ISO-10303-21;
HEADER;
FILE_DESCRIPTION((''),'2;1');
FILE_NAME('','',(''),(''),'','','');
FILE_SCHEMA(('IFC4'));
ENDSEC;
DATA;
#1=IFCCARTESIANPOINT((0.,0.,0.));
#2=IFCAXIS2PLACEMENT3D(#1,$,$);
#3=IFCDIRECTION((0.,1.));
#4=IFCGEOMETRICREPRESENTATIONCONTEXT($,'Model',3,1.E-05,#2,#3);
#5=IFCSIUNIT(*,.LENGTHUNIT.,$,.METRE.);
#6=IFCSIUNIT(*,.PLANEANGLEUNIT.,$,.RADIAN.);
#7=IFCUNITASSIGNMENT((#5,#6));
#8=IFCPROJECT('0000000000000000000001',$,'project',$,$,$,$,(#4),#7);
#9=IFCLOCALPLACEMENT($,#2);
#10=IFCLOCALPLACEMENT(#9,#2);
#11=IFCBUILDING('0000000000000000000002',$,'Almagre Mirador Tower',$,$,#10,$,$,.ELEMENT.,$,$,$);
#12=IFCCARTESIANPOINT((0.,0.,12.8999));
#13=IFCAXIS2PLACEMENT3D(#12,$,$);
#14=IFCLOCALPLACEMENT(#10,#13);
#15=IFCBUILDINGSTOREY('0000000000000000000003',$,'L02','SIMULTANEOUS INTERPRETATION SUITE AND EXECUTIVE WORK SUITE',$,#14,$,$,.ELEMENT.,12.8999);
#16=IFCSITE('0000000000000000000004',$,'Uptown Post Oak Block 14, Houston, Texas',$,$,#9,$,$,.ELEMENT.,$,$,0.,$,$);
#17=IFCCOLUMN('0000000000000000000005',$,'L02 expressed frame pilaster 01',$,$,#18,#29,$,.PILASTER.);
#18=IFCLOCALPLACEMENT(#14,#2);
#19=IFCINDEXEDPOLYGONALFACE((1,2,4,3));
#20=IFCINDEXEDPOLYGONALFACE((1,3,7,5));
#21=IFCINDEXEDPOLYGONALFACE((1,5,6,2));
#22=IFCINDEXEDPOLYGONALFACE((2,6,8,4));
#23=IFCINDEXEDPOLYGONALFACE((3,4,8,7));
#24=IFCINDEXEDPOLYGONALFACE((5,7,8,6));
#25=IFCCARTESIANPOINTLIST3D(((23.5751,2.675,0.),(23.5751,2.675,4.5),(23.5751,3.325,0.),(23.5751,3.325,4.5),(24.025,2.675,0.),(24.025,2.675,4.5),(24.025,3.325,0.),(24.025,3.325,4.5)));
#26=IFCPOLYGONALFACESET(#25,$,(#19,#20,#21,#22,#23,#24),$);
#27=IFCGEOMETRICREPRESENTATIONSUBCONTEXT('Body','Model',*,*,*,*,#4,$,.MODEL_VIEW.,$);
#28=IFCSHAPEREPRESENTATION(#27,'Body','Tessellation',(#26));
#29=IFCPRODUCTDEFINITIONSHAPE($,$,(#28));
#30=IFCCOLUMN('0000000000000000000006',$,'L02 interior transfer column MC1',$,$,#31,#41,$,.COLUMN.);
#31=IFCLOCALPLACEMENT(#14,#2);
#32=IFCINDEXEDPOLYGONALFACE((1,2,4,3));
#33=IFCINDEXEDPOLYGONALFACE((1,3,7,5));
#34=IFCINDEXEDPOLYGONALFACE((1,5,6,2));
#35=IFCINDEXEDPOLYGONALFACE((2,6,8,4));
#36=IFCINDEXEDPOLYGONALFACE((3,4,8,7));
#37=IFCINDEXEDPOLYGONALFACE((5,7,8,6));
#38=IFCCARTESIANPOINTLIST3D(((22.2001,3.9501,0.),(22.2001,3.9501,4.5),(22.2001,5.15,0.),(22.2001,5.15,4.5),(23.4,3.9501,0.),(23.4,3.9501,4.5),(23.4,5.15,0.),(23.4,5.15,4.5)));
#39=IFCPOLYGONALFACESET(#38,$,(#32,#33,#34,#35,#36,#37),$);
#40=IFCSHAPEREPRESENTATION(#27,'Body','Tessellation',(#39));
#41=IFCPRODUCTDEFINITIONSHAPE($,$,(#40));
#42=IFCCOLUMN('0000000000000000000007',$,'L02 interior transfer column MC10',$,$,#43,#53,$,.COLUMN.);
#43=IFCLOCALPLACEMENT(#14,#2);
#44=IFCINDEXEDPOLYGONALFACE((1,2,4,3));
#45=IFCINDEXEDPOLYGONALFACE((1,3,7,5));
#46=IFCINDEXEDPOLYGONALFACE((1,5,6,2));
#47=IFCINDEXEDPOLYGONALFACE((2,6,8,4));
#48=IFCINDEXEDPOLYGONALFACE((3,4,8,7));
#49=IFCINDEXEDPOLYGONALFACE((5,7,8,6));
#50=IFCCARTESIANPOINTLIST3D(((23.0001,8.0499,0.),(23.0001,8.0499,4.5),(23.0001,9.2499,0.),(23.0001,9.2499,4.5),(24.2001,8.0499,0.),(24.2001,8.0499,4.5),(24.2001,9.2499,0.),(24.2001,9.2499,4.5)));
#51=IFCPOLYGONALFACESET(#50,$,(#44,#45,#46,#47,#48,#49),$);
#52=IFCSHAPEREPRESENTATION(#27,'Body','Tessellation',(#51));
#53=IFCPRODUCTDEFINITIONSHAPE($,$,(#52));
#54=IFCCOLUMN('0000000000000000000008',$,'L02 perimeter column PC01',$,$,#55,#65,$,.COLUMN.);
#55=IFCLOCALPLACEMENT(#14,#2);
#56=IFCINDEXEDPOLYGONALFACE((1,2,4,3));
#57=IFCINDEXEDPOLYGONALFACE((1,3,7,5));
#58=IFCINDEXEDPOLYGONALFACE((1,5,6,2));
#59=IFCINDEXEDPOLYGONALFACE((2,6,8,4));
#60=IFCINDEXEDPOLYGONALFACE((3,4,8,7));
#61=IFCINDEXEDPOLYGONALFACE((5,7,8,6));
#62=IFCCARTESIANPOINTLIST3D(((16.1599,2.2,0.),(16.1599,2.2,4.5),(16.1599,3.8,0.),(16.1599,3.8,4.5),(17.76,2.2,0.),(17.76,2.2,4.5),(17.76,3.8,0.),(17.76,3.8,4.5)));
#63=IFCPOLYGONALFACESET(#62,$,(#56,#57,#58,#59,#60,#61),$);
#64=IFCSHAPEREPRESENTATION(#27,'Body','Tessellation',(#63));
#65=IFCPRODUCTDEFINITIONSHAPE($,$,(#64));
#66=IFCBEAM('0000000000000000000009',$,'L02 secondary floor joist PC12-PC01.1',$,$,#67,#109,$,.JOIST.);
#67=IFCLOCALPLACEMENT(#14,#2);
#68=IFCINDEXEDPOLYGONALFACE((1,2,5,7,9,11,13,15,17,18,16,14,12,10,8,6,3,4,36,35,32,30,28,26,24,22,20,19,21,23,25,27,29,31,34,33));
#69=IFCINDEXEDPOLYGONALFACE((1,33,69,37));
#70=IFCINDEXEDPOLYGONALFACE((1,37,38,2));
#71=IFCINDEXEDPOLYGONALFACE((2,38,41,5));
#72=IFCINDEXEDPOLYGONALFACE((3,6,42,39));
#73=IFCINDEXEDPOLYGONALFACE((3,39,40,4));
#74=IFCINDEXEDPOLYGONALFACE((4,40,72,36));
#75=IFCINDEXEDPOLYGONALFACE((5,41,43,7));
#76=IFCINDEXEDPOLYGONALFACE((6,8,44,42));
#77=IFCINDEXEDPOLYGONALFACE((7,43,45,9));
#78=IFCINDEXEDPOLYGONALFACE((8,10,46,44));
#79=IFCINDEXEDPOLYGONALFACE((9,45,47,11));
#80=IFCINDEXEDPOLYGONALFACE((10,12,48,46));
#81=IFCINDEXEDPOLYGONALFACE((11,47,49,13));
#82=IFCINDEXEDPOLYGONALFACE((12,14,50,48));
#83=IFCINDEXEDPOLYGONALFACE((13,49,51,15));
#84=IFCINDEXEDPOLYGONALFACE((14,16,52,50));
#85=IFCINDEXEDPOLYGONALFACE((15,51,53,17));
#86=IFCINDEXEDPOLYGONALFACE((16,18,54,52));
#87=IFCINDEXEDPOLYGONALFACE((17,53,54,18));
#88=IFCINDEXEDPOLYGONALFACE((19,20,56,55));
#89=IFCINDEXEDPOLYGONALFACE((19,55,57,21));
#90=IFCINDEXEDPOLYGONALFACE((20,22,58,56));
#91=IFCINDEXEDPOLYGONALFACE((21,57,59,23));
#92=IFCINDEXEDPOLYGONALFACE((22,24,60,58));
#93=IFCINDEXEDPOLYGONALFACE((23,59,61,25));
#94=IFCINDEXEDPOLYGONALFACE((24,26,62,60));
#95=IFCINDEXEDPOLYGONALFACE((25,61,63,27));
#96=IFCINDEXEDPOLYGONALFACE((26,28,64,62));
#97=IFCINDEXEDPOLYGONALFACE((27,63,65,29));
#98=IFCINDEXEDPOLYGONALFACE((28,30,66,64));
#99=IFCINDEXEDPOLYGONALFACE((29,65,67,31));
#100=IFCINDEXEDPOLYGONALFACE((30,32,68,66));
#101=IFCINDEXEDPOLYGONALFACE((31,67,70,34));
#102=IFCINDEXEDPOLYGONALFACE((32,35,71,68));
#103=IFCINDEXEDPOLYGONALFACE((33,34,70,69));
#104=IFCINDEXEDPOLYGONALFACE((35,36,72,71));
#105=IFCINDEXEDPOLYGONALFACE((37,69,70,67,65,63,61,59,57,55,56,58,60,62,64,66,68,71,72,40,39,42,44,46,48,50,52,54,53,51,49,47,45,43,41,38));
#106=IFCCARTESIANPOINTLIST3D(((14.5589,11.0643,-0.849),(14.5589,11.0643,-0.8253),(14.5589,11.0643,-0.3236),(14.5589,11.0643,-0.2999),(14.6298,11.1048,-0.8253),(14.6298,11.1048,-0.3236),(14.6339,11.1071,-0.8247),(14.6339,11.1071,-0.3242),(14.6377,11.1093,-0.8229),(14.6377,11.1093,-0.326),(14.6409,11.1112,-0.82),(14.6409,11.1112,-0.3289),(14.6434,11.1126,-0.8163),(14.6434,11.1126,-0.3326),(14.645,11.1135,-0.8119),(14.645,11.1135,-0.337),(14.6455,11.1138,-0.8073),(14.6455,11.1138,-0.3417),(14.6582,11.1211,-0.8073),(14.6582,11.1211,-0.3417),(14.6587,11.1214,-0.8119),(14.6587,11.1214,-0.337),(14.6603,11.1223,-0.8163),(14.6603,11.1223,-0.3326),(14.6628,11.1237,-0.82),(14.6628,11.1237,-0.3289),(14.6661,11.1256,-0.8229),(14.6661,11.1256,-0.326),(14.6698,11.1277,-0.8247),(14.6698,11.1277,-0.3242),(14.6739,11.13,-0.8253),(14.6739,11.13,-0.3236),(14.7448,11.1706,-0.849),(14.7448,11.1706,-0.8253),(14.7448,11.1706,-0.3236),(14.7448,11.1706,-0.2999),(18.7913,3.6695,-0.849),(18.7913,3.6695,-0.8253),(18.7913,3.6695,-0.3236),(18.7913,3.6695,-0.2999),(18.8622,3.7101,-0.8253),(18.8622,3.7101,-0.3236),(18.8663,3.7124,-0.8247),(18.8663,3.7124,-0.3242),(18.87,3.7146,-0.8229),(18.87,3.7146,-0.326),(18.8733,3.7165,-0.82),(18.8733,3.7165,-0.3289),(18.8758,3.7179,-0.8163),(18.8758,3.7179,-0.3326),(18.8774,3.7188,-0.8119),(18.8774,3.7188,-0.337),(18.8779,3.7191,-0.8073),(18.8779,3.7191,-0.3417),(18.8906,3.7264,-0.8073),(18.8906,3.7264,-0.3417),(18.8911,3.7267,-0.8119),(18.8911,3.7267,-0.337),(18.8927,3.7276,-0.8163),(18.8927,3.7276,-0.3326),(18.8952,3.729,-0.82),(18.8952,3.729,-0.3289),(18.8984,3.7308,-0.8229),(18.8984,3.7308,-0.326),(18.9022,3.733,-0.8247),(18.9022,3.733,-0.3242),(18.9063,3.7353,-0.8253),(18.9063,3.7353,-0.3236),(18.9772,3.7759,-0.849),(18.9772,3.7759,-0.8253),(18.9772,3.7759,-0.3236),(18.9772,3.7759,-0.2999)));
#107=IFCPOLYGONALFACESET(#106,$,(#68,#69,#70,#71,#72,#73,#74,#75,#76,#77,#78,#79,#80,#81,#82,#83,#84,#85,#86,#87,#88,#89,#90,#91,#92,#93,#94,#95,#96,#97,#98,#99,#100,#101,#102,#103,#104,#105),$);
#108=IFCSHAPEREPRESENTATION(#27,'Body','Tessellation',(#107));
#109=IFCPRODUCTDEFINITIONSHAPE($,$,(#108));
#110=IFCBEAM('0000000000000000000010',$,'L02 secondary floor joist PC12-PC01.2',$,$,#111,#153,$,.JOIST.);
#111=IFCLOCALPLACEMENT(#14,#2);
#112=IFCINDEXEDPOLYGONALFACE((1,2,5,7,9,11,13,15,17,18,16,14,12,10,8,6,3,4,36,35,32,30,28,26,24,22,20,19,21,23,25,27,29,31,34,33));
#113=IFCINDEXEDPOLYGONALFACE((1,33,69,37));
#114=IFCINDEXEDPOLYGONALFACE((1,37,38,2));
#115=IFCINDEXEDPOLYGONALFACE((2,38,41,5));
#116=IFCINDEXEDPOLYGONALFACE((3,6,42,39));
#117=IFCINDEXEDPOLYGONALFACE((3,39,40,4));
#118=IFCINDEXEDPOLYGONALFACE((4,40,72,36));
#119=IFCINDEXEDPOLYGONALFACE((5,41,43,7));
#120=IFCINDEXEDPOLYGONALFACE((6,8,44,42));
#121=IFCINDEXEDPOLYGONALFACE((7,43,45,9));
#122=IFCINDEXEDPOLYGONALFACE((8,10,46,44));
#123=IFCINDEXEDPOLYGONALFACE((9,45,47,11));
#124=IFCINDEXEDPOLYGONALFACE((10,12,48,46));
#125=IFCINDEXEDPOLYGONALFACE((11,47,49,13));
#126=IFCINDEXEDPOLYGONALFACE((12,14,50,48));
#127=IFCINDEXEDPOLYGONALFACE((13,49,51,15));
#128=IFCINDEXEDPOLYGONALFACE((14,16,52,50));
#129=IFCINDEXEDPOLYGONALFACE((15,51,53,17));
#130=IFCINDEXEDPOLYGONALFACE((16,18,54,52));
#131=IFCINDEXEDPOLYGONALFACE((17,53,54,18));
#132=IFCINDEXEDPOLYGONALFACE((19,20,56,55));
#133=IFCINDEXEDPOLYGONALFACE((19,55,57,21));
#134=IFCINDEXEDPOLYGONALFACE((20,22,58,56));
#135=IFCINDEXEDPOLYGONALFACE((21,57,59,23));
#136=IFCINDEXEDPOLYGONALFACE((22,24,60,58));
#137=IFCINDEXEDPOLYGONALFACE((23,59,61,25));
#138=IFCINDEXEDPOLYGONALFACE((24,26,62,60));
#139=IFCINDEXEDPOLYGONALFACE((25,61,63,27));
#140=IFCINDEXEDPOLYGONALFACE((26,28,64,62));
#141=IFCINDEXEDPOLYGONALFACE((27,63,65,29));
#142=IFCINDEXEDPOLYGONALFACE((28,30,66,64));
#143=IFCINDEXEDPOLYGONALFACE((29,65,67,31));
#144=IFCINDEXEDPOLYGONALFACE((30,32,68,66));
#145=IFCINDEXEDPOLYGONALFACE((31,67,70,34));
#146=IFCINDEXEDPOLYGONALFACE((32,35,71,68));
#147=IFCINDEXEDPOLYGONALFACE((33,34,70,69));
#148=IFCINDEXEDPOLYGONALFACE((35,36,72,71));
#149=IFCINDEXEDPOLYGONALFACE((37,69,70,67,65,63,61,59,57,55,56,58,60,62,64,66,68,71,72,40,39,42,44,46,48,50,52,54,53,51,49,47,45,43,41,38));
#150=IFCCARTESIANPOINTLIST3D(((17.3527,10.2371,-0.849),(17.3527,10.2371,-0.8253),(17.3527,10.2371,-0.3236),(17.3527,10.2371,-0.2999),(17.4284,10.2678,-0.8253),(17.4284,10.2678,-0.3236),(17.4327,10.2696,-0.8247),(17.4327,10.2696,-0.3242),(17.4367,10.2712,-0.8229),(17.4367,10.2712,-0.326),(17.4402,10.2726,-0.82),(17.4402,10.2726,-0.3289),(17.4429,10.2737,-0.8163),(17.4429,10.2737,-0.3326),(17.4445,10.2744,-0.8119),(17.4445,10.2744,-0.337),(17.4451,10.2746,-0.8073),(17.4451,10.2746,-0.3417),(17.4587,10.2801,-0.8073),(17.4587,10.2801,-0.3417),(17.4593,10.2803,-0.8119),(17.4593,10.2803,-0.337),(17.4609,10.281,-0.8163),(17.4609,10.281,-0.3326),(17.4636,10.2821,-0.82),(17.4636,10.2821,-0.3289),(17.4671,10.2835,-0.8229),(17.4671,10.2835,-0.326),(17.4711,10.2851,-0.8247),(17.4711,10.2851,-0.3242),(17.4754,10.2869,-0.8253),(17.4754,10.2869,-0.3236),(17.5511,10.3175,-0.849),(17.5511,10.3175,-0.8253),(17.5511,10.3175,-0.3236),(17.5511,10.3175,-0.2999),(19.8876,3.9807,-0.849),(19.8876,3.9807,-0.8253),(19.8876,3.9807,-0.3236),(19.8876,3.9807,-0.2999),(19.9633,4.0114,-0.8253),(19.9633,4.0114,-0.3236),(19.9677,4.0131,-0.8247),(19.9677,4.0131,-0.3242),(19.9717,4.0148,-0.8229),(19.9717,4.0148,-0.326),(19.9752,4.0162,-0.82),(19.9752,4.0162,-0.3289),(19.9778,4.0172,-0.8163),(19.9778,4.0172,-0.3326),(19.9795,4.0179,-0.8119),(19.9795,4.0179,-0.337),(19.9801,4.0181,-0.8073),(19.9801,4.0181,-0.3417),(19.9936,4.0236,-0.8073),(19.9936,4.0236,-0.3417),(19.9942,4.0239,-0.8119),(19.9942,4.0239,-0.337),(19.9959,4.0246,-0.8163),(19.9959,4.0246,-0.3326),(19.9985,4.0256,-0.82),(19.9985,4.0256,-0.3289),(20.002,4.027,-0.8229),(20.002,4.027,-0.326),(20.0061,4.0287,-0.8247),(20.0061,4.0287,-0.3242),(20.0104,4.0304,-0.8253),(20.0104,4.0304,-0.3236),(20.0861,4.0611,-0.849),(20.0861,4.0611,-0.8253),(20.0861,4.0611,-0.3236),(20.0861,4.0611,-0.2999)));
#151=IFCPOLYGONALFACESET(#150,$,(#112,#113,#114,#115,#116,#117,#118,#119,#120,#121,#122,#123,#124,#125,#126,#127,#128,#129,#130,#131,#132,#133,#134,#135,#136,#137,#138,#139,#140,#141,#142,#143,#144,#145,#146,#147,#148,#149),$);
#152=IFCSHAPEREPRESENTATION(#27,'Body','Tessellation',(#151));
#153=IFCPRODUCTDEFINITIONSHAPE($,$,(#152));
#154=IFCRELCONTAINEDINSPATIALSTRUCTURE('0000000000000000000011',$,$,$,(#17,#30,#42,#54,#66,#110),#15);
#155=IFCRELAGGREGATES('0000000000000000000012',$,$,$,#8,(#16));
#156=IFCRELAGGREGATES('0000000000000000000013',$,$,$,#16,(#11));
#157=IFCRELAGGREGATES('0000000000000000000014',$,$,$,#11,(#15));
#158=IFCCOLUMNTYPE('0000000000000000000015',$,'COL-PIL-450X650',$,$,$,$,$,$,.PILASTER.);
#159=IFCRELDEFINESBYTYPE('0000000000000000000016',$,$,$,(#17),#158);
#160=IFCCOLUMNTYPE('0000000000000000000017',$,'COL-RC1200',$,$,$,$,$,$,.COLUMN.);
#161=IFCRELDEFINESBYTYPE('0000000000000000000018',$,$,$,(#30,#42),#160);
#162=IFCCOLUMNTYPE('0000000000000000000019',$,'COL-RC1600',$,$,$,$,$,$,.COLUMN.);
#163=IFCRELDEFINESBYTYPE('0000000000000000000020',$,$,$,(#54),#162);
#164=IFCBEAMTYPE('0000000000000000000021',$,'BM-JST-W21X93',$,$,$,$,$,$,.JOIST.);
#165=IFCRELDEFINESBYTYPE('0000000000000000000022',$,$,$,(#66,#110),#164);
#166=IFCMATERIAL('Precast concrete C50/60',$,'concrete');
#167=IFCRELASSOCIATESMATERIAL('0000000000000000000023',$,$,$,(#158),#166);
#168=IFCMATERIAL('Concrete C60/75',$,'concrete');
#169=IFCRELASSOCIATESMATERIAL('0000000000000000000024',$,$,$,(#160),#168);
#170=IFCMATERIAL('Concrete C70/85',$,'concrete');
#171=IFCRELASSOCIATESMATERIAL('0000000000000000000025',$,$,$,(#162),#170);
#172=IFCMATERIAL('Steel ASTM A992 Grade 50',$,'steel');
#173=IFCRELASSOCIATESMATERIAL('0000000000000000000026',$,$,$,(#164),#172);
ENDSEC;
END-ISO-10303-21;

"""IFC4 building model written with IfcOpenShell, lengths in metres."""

from ifc_helpers import new_model, si_unit, direction, frame, origin, origin_2d, place, context, subcontext, project, spatial, rectangle, i_section, extrude, material, material_profile, profile_set, type_object, element, save


model = new_model("IFC4")

# Units and contexts
model_context = context("Model", 3, precision=1e-05, world=origin(), true_north=direction((0.0, 1.0)))
body_context = subcontext(model_context, "Body", "Model", "MODEL_VIEW")
ifc_project = project(units=[si_unit("LENGTHUNIT", "METRE"), si_unit("PLANEANGLEUNIT", "RADIAN")], contexts=[model_context])

# Site, building, storey
site_placement = place(None, origin())
site = spatial("IfcSite", under=ifc_project, at=site_placement, Name="Uptown Post Oak Block 14, Houston, Texas", CompositionType="ELEMENT", RefElevation=0.0)
building_placement = place(site_placement, origin())
building = spatial("IfcBuilding", under=site, at=building_placement, Name="Almagre Mirador Tower", CompositionType="ELEMENT")
storey_placement = place(building_placement, frame((0.0, 0.0, 12.8999)))
storey = spatial("IfcBuildingStorey", under=building, at=storey_placement, Name="L02", Description="SIMULTANEOUS INTERPRETATION SUITE AND EXECUTIVE WORK SUITE", CompositionType="ELEMENT", Elevation=12.8999)

# Columns
ifc_material_1 = material(Name="Precast concrete C50/60", Category="concrete")
ifc_material_profile_1 = material_profile(ifc_material_1, rectangle(XDim=0.45, YDim=0.6499, at=origin_2d()), Name="RC450X650")
ifc_profile_set_1 = profile_set([ifc_material_profile_1], Name="Precast concrete C50/60")
column_type_1 = type_object("IfcColumnType", Name="COL-PIL-450X650", PredefinedType="PILASTER", material=ifc_profile_set_1)
column_1_placement = place(storey_placement, frame((23.8, 3.0, 0.0), z_axis=(0.0, 0.0, 1.0), x_axis=(1.0, 0.0, 0.0)))
element("IfcColumn", 1, at=column_1_placement, inside=storey, type_object=column_type_1, Name="L02 expressed frame pilaster 01", PredefinedType="PILASTER", context=body_context, shape_type="SweptSolid", body=[
    extrude(rectangle(XDim=0.45, YDim=0.6499, at=origin_2d()), origin(), (0.0, 0.0, 1.0), 4.5),
])
ifc_material_2 = material(Name="Concrete C60/75", Category="concrete")
ifc_material_profile_2 = material_profile(ifc_material_2, rectangle(XDim=1.2, YDim=1.2, at=origin_2d()), Name="RC1200X1200")
ifc_profile_set_2 = profile_set([ifc_material_profile_2], Name="Concrete C60/75")
column_type_2 = type_object("IfcColumnType", Name="COL-RC1200", PredefinedType="COLUMN", material=ifc_profile_set_2)
for number, where, z_axis, x_axis, name in (
    (2, (22.8, 4.55, 0.0), (0.0, 0.0, 1.0), (1.0, 0.0, 0.0), "L02 interior transfer column MC1"),
    (3, (23.6001, 8.6499, 0.0), (0.0, 0.0, 1.0), (1.0, 0.0, 0.0), "L02 interior transfer column MC10"),
):
    element("IfcColumn", number, at=place(storey_placement, frame(where, z_axis=z_axis, x_axis=x_axis)), inside=storey, type_object=column_type_2, Name=name, PredefinedType="COLUMN", context=body_context, shape_type="SweptSolid", body=[
        extrude(rectangle(XDim=1.2, YDim=1.2, at=origin_2d()), origin(), (0.0, 0.0, 1.0), 4.5),
    ])
ifc_material_3 = material(Name="Concrete C70/85", Category="concrete")
ifc_material_profile_3 = material_profile(ifc_material_3, rectangle(XDim=1.6001, YDim=1.6001, at=origin_2d()), Name="RC1600X1600")
ifc_profile_set_3 = profile_set([ifc_material_profile_3], Name="Concrete C70/85")
column_type_3 = type_object("IfcColumnType", Name="COL-RC1600", PredefinedType="COLUMN", material=ifc_profile_set_3)
column_2_placement = place(storey_placement, frame((16.96, 3.0, 0.0), z_axis=(0.0, 0.0, 1.0), x_axis=(1.0, 0.0, 0.0)))
element("IfcColumn", 4, at=column_2_placement, inside=storey, type_object=column_type_3, Name="L02 perimeter column PC01", PredefinedType="COLUMN", context=body_context, shape_type="SweptSolid", body=[
    extrude(rectangle(XDim=1.6001, YDim=1.6001, at=origin_2d()), origin(), (0.0, 0.0, 1.0), 4.5),
])

# Beams
ifc_material_4 = material(Name="Steel ASTM A992 Grade 50", Category="steel")
ifc_material_profile_4 = material_profile(ifc_material_4, i_section(OverallWidth=0.2141, OverallDepth=0.5491, WebThickness=0.0146, FlangeThickness=0.0237, FilletRadius=0.0181, at=origin_2d()), Name="W21X93")
ifc_profile_set_4 = profile_set([ifc_material_profile_4], Name="Steel ASTM A992 Grade 50")
beam_type_1 = type_object("IfcBeamType", Name="BM-JST-W21X93", PredefinedType="JOIST", material=ifc_profile_set_4)
beam_1_placement = place(storey_placement, frame((14.6519, 11.1174, -0.5745), z_axis=(0.496744, -0.867897, 0.0), x_axis=(0.867897, 0.496744, 0.0)))
element("IfcBeam", 5, at=beam_1_placement, inside=storey, type_object=beam_type_1, Name="L02 secondary floor joist PC12-PC01.1", PredefinedType="JOIST", context=body_context, shape_type="SweptSolid", body=[
    extrude(i_section(OverallWidth=0.2141, OverallDepth=0.5491, WebThickness=0.0146, FlangeThickness=0.0237, FilletRadius=0.0181, at=origin_2d()), origin(), (0.0, 0.0, 1.0), 8.5203),
])
beam_2_placement = place(storey_placement, frame((17.4519, 10.2773, -0.5745), z_axis=(0.375521, -0.926814, 0.0), x_axis=(0.926814, 0.375521, 0.0)))
element("IfcBeam", 6, at=beam_2_placement, inside=storey, type_object=beam_type_1, Name="L02 secondary floor joist PC12-PC01.2", PredefinedType="JOIST", context=body_context, shape_type="SweptSolid", body=[
    extrude(i_section(OverallWidth=0.2141, OverallDepth=0.5491, WebThickness=0.0146, FlangeThickness=0.0237, FilletRadius=0.0181, at=origin_2d()), origin(), (0.0, 0.0, 1.0), 6.7505),
])

save(model, "model.ifc")
